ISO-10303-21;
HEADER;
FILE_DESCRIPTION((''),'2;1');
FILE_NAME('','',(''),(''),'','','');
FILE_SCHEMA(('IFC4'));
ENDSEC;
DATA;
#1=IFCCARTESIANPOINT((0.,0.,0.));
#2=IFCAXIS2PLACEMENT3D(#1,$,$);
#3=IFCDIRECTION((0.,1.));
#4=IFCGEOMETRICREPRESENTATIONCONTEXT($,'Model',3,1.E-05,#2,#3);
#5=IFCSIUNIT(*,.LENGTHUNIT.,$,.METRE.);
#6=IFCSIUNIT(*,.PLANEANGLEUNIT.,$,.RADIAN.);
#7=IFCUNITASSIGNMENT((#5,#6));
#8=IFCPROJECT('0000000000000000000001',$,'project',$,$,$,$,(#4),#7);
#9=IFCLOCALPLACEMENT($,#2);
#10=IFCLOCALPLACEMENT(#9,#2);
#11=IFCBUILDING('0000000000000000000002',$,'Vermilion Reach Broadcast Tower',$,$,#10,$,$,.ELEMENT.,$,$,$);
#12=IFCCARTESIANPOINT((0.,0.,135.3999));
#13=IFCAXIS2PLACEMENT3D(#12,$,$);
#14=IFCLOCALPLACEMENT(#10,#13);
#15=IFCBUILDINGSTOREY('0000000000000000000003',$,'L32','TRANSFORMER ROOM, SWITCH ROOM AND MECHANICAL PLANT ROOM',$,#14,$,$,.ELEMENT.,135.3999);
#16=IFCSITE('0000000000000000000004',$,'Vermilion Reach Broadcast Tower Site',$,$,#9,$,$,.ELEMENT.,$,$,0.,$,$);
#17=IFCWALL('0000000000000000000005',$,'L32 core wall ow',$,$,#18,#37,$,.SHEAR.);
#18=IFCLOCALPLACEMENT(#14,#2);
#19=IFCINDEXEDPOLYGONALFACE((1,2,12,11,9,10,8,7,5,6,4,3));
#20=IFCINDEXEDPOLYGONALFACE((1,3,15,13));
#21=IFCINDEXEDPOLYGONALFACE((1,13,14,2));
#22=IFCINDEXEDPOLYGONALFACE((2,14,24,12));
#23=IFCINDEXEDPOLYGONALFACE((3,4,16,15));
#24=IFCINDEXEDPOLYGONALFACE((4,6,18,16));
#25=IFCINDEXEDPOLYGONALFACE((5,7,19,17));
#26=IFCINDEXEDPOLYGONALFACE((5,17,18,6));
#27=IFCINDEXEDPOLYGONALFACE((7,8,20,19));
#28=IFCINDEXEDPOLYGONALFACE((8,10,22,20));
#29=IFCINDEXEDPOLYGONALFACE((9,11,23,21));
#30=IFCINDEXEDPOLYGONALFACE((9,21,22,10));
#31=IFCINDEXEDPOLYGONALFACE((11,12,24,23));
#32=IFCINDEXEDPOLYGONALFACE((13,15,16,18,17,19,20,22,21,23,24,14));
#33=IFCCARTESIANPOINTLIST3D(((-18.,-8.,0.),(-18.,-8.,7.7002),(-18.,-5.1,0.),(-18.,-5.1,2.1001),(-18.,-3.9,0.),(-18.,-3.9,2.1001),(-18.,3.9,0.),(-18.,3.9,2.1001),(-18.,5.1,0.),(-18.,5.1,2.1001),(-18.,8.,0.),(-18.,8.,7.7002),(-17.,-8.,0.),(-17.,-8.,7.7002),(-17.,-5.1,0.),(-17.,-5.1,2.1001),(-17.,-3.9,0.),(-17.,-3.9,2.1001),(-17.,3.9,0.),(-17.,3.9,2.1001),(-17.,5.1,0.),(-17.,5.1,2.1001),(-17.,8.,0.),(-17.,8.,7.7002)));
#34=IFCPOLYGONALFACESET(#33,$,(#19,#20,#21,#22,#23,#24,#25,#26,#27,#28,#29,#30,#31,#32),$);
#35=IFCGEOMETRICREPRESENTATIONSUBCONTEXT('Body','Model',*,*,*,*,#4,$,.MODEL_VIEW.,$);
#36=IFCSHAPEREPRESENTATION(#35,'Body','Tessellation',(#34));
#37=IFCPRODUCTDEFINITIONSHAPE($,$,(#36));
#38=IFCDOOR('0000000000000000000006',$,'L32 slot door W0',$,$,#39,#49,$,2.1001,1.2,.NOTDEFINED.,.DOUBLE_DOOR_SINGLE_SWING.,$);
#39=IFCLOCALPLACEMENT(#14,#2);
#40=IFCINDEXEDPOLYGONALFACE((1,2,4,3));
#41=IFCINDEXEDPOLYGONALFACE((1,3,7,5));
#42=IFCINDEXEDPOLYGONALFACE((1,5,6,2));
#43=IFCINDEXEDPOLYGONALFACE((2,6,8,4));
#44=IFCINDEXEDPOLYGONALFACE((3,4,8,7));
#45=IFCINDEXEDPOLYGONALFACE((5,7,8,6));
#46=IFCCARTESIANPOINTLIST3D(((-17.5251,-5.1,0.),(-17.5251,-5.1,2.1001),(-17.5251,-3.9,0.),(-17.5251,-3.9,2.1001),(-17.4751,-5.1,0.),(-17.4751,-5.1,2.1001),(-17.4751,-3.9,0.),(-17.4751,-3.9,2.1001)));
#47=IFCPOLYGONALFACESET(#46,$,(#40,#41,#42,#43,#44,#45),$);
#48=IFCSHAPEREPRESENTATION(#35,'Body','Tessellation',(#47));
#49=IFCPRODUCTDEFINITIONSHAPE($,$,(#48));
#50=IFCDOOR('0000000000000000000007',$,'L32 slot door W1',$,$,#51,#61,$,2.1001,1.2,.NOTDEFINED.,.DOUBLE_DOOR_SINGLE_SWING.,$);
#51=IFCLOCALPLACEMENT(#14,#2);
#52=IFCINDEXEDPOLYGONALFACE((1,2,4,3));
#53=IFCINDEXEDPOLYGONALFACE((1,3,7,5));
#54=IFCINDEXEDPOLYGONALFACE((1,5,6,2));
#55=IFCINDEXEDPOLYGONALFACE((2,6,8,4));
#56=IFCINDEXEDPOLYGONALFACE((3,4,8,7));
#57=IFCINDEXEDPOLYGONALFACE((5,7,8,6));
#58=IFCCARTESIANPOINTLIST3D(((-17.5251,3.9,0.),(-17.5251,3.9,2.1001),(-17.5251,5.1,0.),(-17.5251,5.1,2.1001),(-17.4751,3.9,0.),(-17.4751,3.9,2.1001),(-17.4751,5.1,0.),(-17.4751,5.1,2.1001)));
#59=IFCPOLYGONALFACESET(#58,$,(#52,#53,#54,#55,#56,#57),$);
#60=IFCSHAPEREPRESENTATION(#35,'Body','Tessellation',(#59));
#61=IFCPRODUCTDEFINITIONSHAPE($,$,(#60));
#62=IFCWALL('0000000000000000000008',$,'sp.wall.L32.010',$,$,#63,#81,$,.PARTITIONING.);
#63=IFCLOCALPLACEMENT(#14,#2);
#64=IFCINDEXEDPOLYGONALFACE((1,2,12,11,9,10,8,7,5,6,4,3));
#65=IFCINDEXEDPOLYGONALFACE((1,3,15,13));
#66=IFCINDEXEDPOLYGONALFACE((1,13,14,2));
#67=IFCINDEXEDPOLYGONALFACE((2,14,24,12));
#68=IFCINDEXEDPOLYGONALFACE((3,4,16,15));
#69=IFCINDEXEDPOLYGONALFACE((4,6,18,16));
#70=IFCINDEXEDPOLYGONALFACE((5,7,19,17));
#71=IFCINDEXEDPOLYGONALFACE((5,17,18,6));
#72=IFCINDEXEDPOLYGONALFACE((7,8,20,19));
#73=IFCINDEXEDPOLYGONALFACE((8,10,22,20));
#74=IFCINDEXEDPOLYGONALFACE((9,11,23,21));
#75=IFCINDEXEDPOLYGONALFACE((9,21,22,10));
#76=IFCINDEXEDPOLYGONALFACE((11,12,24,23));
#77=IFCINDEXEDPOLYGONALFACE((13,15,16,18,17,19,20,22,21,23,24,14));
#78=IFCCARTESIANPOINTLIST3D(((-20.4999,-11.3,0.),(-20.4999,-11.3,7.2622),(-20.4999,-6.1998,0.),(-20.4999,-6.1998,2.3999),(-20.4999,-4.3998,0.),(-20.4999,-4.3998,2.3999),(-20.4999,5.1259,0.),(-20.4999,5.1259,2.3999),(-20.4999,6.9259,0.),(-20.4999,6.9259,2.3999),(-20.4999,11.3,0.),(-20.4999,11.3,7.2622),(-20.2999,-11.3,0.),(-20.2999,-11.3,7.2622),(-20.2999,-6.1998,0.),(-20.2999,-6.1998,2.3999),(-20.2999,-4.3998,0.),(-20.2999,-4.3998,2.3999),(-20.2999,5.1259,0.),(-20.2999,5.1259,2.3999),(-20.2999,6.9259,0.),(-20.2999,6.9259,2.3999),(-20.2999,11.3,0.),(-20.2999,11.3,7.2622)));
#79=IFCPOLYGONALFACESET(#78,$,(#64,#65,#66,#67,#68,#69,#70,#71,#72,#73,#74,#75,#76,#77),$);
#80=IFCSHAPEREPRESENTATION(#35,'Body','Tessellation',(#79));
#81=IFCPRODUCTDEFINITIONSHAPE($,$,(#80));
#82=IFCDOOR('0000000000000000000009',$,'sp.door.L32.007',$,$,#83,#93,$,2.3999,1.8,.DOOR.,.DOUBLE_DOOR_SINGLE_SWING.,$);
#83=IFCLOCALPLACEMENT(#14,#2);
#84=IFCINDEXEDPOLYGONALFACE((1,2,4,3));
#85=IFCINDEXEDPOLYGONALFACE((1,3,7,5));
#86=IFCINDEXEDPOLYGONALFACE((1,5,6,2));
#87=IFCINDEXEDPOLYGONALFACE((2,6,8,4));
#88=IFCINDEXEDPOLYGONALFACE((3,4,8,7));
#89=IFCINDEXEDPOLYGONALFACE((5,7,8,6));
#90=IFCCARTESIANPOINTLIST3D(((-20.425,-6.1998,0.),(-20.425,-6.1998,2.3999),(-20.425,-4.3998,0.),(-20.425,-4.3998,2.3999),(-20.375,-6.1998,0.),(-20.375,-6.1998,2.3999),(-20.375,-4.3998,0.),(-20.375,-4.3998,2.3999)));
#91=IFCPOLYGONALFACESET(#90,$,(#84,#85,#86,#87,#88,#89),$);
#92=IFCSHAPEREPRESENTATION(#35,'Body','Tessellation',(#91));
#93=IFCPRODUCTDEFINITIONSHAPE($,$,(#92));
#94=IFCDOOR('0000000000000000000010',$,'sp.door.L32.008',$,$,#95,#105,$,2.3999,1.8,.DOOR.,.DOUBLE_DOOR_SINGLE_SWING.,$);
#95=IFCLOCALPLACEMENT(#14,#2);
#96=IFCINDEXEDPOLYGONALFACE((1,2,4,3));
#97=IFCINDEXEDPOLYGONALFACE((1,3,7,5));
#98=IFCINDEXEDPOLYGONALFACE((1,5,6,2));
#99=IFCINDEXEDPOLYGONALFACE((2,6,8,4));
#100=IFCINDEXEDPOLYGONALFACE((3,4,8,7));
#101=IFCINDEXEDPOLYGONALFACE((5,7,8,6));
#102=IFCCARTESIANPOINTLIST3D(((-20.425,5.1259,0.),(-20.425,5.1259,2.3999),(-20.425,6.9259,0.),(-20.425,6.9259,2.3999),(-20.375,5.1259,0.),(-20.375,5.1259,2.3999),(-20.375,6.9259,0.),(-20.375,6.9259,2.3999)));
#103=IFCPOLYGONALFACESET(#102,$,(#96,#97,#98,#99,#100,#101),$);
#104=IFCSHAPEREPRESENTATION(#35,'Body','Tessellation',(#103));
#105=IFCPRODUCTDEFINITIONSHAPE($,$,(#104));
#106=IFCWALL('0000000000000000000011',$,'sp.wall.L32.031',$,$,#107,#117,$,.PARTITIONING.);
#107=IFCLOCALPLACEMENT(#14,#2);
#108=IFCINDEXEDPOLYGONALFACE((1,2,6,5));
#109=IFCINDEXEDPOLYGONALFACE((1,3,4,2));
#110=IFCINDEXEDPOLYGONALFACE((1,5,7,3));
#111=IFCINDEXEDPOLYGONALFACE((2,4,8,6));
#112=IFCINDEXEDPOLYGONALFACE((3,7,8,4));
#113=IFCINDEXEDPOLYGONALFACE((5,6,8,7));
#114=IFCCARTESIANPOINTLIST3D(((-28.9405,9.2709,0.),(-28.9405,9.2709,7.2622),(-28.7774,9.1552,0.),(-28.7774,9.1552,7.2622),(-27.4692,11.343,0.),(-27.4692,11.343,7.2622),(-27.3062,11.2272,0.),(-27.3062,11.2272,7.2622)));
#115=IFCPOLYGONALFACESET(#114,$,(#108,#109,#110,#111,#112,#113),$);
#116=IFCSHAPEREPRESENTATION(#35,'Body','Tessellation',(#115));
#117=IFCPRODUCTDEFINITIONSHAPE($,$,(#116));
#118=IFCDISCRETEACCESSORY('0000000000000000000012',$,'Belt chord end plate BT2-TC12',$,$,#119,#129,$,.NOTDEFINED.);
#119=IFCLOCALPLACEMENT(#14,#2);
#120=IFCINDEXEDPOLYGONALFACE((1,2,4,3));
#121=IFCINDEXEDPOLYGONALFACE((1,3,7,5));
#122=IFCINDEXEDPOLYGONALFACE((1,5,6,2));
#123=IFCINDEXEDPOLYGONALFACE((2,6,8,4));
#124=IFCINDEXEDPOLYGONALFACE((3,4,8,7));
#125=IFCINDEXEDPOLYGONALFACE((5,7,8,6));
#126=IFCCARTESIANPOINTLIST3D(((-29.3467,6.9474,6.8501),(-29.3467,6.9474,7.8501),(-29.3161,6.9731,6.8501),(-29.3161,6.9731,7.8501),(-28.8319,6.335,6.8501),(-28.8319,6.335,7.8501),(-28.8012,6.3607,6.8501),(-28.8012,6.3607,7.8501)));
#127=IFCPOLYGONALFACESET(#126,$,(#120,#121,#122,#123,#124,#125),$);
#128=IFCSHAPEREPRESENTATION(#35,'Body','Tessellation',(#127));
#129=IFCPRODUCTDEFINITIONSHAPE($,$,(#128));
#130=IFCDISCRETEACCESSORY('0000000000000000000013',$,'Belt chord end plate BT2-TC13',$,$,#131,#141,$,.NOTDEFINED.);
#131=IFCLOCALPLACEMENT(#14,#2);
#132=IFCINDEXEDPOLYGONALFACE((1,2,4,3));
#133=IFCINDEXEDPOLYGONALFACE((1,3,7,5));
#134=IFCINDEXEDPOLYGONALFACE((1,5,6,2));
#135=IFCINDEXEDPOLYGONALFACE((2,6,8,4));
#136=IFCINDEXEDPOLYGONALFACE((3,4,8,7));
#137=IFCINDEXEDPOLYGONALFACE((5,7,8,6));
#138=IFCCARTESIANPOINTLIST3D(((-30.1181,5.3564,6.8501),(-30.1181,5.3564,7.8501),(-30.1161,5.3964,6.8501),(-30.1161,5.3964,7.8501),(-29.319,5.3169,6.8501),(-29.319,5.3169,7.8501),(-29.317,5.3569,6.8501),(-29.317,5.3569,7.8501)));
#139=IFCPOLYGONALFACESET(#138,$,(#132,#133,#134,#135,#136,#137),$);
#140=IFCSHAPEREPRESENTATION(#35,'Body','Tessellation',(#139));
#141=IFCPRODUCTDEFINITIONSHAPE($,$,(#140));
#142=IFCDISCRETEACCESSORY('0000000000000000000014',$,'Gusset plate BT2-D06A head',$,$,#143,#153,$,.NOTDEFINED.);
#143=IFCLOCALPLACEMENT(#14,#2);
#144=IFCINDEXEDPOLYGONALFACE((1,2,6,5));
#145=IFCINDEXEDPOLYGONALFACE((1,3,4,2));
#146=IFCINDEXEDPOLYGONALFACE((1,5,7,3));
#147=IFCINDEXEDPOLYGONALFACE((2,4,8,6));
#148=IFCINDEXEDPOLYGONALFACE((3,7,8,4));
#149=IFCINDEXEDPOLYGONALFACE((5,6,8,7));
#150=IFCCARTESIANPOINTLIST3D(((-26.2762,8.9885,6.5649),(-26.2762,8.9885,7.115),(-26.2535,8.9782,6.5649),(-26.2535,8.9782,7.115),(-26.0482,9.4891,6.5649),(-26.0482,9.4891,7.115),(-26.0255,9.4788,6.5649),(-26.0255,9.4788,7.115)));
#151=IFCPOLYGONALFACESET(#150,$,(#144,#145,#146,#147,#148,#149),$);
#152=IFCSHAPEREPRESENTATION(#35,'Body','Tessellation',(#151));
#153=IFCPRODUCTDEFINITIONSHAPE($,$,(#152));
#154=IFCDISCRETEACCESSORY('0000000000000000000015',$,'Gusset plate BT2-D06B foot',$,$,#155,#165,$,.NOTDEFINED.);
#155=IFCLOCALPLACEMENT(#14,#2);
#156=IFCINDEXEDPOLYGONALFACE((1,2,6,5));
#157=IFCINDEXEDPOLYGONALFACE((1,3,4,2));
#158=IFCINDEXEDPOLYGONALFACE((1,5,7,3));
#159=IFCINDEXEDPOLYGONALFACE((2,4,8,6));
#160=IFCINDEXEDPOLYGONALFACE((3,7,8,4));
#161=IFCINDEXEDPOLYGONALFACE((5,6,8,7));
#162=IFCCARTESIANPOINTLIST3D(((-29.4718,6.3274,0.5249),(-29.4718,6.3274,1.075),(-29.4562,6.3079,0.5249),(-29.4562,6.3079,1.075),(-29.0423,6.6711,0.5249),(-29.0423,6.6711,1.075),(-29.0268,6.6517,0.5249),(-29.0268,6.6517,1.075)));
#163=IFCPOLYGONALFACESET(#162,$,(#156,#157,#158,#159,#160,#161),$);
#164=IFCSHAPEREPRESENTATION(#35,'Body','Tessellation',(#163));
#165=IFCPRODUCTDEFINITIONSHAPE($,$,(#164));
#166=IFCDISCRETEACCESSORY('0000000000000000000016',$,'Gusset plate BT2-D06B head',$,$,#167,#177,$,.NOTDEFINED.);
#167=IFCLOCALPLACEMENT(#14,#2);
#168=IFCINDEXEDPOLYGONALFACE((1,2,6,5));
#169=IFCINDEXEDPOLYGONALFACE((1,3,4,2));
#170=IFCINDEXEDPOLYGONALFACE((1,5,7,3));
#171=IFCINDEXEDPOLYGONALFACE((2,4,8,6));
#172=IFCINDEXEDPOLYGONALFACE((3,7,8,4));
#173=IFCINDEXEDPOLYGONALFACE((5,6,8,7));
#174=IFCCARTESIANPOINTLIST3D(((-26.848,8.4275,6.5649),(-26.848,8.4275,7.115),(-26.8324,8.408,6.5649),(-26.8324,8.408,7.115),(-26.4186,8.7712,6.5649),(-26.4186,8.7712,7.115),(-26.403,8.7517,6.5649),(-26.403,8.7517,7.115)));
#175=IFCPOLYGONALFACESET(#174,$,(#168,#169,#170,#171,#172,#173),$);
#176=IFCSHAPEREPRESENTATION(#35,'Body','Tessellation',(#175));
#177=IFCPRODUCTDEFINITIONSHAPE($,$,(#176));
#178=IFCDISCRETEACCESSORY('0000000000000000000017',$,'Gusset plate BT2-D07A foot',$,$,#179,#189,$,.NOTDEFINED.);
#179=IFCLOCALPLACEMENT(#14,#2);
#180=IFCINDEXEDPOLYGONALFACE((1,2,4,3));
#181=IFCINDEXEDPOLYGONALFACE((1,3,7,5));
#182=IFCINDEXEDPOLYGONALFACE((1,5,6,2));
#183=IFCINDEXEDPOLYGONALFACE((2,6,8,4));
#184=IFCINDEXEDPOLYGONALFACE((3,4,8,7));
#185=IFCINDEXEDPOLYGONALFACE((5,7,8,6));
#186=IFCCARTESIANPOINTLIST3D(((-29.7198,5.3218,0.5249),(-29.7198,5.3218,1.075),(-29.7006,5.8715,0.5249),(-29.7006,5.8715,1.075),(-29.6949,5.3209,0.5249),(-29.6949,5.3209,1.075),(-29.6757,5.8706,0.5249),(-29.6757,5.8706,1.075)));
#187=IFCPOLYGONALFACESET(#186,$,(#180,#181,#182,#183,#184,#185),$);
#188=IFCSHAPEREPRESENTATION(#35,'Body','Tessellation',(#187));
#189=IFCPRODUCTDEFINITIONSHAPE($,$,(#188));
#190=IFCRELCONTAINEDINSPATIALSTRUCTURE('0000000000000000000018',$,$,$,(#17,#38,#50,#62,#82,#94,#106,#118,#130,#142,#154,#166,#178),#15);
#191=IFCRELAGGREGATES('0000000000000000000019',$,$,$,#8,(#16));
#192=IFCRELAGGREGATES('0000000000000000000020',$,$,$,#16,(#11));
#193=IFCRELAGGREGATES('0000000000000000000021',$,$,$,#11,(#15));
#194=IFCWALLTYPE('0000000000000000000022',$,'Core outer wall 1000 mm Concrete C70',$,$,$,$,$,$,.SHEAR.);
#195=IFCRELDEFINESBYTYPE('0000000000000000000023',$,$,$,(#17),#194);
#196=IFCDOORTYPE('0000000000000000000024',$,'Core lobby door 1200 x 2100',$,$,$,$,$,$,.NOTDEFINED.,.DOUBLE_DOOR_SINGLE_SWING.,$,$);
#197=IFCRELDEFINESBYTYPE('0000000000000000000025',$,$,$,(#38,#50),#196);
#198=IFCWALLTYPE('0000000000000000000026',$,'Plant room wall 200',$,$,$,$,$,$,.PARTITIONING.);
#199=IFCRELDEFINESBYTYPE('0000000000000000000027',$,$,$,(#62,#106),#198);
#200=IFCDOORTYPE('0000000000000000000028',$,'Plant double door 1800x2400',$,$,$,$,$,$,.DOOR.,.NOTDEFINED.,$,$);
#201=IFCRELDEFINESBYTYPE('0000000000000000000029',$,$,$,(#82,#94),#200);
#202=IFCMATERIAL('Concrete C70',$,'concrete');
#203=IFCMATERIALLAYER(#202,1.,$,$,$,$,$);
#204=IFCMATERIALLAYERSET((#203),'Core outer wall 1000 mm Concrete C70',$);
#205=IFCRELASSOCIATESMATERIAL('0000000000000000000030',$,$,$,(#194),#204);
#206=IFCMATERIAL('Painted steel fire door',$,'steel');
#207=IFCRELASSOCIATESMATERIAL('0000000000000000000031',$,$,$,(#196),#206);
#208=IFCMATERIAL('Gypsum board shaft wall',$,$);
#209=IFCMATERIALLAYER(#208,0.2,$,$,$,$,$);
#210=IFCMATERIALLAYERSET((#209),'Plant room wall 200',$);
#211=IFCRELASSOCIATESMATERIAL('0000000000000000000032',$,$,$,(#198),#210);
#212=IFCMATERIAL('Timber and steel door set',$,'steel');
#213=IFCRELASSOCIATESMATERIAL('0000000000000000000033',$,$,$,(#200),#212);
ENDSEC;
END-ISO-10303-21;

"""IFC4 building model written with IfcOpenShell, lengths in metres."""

from ifc_helpers import new_model, si_unit, direction, frame, frame_2d, origin, origin_2d, place, context, subcontext, project, spatial, rectangle, extrude, material, layer, layer_set, type_object, element, fill, save


model = new_model("IFC4")

# Units and contexts
model_context = context("Model", 3, precision=1e-05, world=origin(), true_north=direction((0.0, 1.0)))
body_context = subcontext(model_context, "Body", "Model", "MODEL_VIEW")
ifc_project = project(units=[si_unit("LENGTHUNIT", "METRE"), si_unit("PLANEANGLEUNIT", "RADIAN")], contexts=[model_context])

# Site, building, storey
site_placement = place(None, origin())
site = spatial("IfcSite", under=ifc_project, at=site_placement, Name="Vermilion Reach Broadcast Tower Site", CompositionType="ELEMENT", RefElevation=0.0)
building_placement = place(site_placement, origin())
building = spatial("IfcBuilding", under=site, at=building_placement, Name="Vermilion Reach Broadcast Tower", CompositionType="ELEMENT")
storey_placement = place(building_placement, frame((0.0, 0.0, 135.3999)))
storey = spatial("IfcBuildingStorey", under=building, at=storey_placement, Name="L32", Description="TRANSFORMER ROOM, SWITCH ROOM AND MECHANICAL PLANT ROOM", CompositionType="ELEMENT", Elevation=135.3999)

# Walls, openings, doors
ifc_material_1 = material(Name="Concrete C70", Category="concrete")
ifc_layer_1 = layer(ifc_material_1, 1.0)
ifc_layer_set_1 = layer_set([ifc_layer_1], Name="Core outer wall 1000 mm Concrete C70")
wall_type_1 = type_object("IfcWallType", Name="Core outer wall 1000 mm Concrete C70", PredefinedType="SHEAR", material=ifc_layer_set_1)
wall_1_placement = place(storey_placement, frame((-17.5, 8.0, 0.0), z_axis=(0.0, 0.0, 1.0), x_axis=(0.0, -1.0, 0.0)))
wall_1 = element("IfcWall", 1, at=wall_1_placement, inside=storey, type_object=wall_type_1, Name="L32 core wall ow", PredefinedType="SHEAR", context=body_context, shape_type="SweptSolid", body=[
    extrude(rectangle(XDim=16.0, YDim=1.0, at=frame_2d((8.0, 0.0))), origin(), (0.0, 0.0, 1.0), 7.7002),
])
opening_1_placement = place(wall_1_placement, frame((11.8999, 0.0, 0.0)))
opening_1 = element("IfcOpeningElement", 2, at=opening_1_placement, cuts=wall_1, PredefinedType="OPENING", context=body_context, shape_type="SweptSolid", body=[
    extrude(rectangle(XDim=1.2, YDim=2.1001, at=frame_2d((0.6001, 1.05))), frame((0.0, 0.51, 0.0), z_axis=(0.0, -1.0, 0.0), x_axis=(1.0, 0.0, 0.0)), (0.0, 0.0, 1.0), 1.02),
])
opening_2_placement = place(wall_1_placement, frame((2.8999, 0.0, 0.0)))
opening_2 = element("IfcOpeningElement", 3, at=opening_2_placement, cuts=wall_1, PredefinedType="OPENING", context=body_context, shape_type="SweptSolid", body=[
    extrude(rectangle(XDim=1.2, YDim=2.1001, at=frame_2d((0.6001, 1.05))), frame((0.0, 0.51, 0.0), z_axis=(0.0, -1.0, 0.0), x_axis=(1.0, 0.0, 0.0)), (0.0, 0.0, 1.0), 1.02),
])
ifc_material_2 = material(Name="Painted steel fire door", Category="steel")
door_type_1 = type_object("IfcDoorType", Name="Core lobby door 1200 x 2100", OperationType="DOUBLE_DOOR_SINGLE_SWING", PredefinedType="NOTDEFINED", material=ifc_material_2)
door_1_placement = place(opening_1_placement, origin())
door_1 = element("IfcDoor", 4, at=door_1_placement, inside=storey, type_object=door_type_1, Name="L32 slot door W0", OperationType="DOUBLE_DOOR_SINGLE_SWING", OverallHeight=2.1001, OverallWidth=1.2, PredefinedType="NOTDEFINED", context=body_context, shape_type="SweptSolid", body=[
    extrude(rectangle(XDim=1.2, YDim=2.1001, at=frame_2d((0.6001, 1.05))), frame((0.0, 0.0249, 0.0), z_axis=(0.0, -1.0, 0.0), x_axis=(1.0, 0.0, 0.0)), (0.0, 0.0, 1.0), 0.05),
])
fill(opening_1, door_1)
door_2_placement = place(opening_2_placement, origin())
door_2 = element("IfcDoor", 5, at=door_2_placement, inside=storey, type_object=door_type_1, Name="L32 slot door W1", OperationType="DOUBLE_DOOR_SINGLE_SWING", OverallHeight=2.1001, OverallWidth=1.2, PredefinedType="NOTDEFINED", context=body_context, shape_type="SweptSolid", body=[
    extrude(rectangle(XDim=1.2, YDim=2.1001, at=frame_2d((0.6001, 1.05))), frame((0.0, 0.0249, 0.0), z_axis=(0.0, -1.0, 0.0), x_axis=(1.0, 0.0, 0.0)), (0.0, 0.0, 1.0), 0.05),
])
fill(opening_2, door_2)
ifc_material_3 = material(Name="Gypsum board shaft wall")
ifc_layer_2 = layer(ifc_material_3, 0.2)
ifc_layer_set_2 = layer_set([ifc_layer_2], Name="Plant room wall 200")
wall_type_2 = type_object("IfcWallType", Name="Plant room wall 200", PredefinedType="PARTITIONING", material=ifc_layer_set_2)
wall_2_placement = place(storey_placement, frame((-20.3999, 11.3, 0.0), z_axis=(0.0, 0.0, 1.0), x_axis=(0.0, -1.0, 0.0)))
wall_2 = element("IfcWall", 6, at=wall_2_placement, inside=storey, type_object=wall_type_2, Name="sp.wall.L32.010", PredefinedType="PARTITIONING", context=body_context, shape_type="SweptSolid", body=[
    extrude(rectangle(XDim=22.6001, YDim=0.2, at=frame_2d((11.3, 0.0))), origin(), (0.0, 0.0, 1.0), 7.2622),
])
opening_3_placement = place(wall_2_placement, frame((15.7, 0.0, 0.0)))
opening_3 = element("IfcOpeningElement", 7, at=opening_3_placement, cuts=wall_2, PredefinedType="OPENING", context=body_context, shape_type="SweptSolid", body=[
    extrude(rectangle(XDim=1.8, YDim=2.3999, at=frame_2d((0.8999, 1.2))), frame((0.0, 0.1099, 0.0), z_axis=(0.0, -1.0, 0.0), x_axis=(1.0, 0.0, 0.0)), (0.0, 0.0, 1.0), 0.22),
])
opening_4_placement = place(wall_2_placement, frame((4.3743, 0.0, 0.0)))
opening_4 = element("IfcOpeningElement", 8, at=opening_4_placement, cuts=wall_2, PredefinedType="OPENING", context=body_context, shape_type="SweptSolid", body=[
    extrude(rectangle(XDim=1.8, YDim=2.3999, at=frame_2d((0.8999, 1.2))), frame((0.0, 0.1099, 0.0), z_axis=(0.0, -1.0, 0.0), x_axis=(1.0, 0.0, 0.0)), (0.0, 0.0, 1.0), 0.22),
])
ifc_material_4 = material(Name="Timber and steel door set", Category="steel")
door_type_2 = type_object("IfcDoorType", Name="Plant double door 1800x2400", OperationType="NOTDEFINED", PredefinedType="DOOR", material=ifc_material_4)
door_3_placement = place(opening_3_placement, origin())
door_3 = element("IfcDoor", 9, at=door_3_placement, inside=storey, type_object=door_type_2, Name="sp.door.L32.007", OperationType="DOUBLE_DOOR_SINGLE_SWING", OverallHeight=2.3999, OverallWidth=1.8, PredefinedType="DOOR", context=body_context, shape_type="SweptSolid", body=[
    extrude(rectangle(XDim=1.8, YDim=2.3999, at=frame_2d((0.8999, 1.2))), frame((0.0, 0.0249, 0.0), z_axis=(0.0, -1.0, 0.0), x_axis=(1.0, 0.0, 0.0)), (0.0, 0.0, 1.0), 0.05),
])
fill(opening_3, door_3)
door_4_placement = place(opening_4_placement, origin())
door_4 = element("IfcDoor", 10, at=door_4_placement, inside=storey, type_object=door_type_2, Name="sp.door.L32.008", OperationType="DOUBLE_DOOR_SINGLE_SWING", OverallHeight=2.3999, OverallWidth=1.8, PredefinedType="DOOR", context=body_context, shape_type="SweptSolid", body=[
    extrude(rectangle(XDim=1.8, YDim=2.3999, at=frame_2d((0.8999, 1.2))), frame((0.0, 0.0249, 0.0), z_axis=(0.0, -1.0, 0.0), x_axis=(1.0, 0.0, 0.0)), (0.0, 0.0, 1.0), 0.05),
])
fill(opening_4, door_4)

# Wall
wall_3_placement = place(storey_placement, frame((-28.8589, 9.2131, 0.0), z_axis=(0.0, 0.0, 1.0), x_axis=(0.578937, 0.815373, 0.0)))
element("IfcWall", 11, at=wall_3_placement, inside=storey, type_object=wall_type_2, Name="sp.wall.L32.031", PredefinedType="PARTITIONING", context=body_context, shape_type="SweptSolid", body=[
    extrude(rectangle(XDim=2.5413, YDim=0.2, at=frame_2d((1.2705, 0.0))), origin(), (0.0, 0.0, 1.0), 7.2622),
])

# Discrete accessories
for number, where, z_axis, x_axis, name in (
    (12, (-29.074, 6.6541, 6.8501), (0.0, 0.0, 1.0), (-0.765473, -0.643467, 0.0), "Belt chord end plate BT2-TC12"),
    (13, (-29.7175, 5.3567, 6.8501), (0.0, 0.0, 1.0), (0.049371, 0.998781, 0.0), "Belt chord end plate BT2-TC13"),
):
    element("IfcDiscreteAccessory", number, at=place(storey_placement, frame(where, z_axis=z_axis, x_axis=x_axis)), inside=storey, Name=name, PredefinedType="NOTDEFINED", context=body_context, shape_type="SweptSolid", body=[
        extrude(rectangle(XDim=0.04, YDim=0.8, at=origin_2d()), origin(), (0.0, 0.0, 1.0), 1.0),
    ])
for number, where, z_axis, x_axis, name in (
    (14, (-26.1509, 9.2336, 6.5649), (0.0, 0.0, 1.0), (0.910046, -0.414507, 0.0), "Gusset plate BT2-D06A head"),
    (15, (-29.2493, 6.4895, 0.5249), (0.0, 0.0, 1.0), (-0.624922, 0.780687, 0.0), "Gusset plate BT2-D06B foot"),
    (16, (-26.6255, 8.5896, 6.5649), (0.0, 0.0, 1.0), (-0.624922, 0.780687, 0.0), "Gusset plate BT2-D06B head"),
    (17, (-29.6978, 5.5962, 0.5249), (0.0, 0.0, 1.0), (0.999393, -0.034832, 0.0), "Gusset plate BT2-D07A foot"),
):
    element("IfcDiscreteAccessory", number, at=place(storey_placement, frame(where, z_axis=z_axis, x_axis=x_axis)), inside=storey, Name=name, PredefinedType="NOTDEFINED", context=body_context, shape_type="SweptSolid", body=[
        extrude(rectangle(XDim=0.0249, YDim=0.55, at=origin_2d()), origin(), (0.0, 0.0, 1.0), 0.55),
    ])

save(model, "model.ifc")
